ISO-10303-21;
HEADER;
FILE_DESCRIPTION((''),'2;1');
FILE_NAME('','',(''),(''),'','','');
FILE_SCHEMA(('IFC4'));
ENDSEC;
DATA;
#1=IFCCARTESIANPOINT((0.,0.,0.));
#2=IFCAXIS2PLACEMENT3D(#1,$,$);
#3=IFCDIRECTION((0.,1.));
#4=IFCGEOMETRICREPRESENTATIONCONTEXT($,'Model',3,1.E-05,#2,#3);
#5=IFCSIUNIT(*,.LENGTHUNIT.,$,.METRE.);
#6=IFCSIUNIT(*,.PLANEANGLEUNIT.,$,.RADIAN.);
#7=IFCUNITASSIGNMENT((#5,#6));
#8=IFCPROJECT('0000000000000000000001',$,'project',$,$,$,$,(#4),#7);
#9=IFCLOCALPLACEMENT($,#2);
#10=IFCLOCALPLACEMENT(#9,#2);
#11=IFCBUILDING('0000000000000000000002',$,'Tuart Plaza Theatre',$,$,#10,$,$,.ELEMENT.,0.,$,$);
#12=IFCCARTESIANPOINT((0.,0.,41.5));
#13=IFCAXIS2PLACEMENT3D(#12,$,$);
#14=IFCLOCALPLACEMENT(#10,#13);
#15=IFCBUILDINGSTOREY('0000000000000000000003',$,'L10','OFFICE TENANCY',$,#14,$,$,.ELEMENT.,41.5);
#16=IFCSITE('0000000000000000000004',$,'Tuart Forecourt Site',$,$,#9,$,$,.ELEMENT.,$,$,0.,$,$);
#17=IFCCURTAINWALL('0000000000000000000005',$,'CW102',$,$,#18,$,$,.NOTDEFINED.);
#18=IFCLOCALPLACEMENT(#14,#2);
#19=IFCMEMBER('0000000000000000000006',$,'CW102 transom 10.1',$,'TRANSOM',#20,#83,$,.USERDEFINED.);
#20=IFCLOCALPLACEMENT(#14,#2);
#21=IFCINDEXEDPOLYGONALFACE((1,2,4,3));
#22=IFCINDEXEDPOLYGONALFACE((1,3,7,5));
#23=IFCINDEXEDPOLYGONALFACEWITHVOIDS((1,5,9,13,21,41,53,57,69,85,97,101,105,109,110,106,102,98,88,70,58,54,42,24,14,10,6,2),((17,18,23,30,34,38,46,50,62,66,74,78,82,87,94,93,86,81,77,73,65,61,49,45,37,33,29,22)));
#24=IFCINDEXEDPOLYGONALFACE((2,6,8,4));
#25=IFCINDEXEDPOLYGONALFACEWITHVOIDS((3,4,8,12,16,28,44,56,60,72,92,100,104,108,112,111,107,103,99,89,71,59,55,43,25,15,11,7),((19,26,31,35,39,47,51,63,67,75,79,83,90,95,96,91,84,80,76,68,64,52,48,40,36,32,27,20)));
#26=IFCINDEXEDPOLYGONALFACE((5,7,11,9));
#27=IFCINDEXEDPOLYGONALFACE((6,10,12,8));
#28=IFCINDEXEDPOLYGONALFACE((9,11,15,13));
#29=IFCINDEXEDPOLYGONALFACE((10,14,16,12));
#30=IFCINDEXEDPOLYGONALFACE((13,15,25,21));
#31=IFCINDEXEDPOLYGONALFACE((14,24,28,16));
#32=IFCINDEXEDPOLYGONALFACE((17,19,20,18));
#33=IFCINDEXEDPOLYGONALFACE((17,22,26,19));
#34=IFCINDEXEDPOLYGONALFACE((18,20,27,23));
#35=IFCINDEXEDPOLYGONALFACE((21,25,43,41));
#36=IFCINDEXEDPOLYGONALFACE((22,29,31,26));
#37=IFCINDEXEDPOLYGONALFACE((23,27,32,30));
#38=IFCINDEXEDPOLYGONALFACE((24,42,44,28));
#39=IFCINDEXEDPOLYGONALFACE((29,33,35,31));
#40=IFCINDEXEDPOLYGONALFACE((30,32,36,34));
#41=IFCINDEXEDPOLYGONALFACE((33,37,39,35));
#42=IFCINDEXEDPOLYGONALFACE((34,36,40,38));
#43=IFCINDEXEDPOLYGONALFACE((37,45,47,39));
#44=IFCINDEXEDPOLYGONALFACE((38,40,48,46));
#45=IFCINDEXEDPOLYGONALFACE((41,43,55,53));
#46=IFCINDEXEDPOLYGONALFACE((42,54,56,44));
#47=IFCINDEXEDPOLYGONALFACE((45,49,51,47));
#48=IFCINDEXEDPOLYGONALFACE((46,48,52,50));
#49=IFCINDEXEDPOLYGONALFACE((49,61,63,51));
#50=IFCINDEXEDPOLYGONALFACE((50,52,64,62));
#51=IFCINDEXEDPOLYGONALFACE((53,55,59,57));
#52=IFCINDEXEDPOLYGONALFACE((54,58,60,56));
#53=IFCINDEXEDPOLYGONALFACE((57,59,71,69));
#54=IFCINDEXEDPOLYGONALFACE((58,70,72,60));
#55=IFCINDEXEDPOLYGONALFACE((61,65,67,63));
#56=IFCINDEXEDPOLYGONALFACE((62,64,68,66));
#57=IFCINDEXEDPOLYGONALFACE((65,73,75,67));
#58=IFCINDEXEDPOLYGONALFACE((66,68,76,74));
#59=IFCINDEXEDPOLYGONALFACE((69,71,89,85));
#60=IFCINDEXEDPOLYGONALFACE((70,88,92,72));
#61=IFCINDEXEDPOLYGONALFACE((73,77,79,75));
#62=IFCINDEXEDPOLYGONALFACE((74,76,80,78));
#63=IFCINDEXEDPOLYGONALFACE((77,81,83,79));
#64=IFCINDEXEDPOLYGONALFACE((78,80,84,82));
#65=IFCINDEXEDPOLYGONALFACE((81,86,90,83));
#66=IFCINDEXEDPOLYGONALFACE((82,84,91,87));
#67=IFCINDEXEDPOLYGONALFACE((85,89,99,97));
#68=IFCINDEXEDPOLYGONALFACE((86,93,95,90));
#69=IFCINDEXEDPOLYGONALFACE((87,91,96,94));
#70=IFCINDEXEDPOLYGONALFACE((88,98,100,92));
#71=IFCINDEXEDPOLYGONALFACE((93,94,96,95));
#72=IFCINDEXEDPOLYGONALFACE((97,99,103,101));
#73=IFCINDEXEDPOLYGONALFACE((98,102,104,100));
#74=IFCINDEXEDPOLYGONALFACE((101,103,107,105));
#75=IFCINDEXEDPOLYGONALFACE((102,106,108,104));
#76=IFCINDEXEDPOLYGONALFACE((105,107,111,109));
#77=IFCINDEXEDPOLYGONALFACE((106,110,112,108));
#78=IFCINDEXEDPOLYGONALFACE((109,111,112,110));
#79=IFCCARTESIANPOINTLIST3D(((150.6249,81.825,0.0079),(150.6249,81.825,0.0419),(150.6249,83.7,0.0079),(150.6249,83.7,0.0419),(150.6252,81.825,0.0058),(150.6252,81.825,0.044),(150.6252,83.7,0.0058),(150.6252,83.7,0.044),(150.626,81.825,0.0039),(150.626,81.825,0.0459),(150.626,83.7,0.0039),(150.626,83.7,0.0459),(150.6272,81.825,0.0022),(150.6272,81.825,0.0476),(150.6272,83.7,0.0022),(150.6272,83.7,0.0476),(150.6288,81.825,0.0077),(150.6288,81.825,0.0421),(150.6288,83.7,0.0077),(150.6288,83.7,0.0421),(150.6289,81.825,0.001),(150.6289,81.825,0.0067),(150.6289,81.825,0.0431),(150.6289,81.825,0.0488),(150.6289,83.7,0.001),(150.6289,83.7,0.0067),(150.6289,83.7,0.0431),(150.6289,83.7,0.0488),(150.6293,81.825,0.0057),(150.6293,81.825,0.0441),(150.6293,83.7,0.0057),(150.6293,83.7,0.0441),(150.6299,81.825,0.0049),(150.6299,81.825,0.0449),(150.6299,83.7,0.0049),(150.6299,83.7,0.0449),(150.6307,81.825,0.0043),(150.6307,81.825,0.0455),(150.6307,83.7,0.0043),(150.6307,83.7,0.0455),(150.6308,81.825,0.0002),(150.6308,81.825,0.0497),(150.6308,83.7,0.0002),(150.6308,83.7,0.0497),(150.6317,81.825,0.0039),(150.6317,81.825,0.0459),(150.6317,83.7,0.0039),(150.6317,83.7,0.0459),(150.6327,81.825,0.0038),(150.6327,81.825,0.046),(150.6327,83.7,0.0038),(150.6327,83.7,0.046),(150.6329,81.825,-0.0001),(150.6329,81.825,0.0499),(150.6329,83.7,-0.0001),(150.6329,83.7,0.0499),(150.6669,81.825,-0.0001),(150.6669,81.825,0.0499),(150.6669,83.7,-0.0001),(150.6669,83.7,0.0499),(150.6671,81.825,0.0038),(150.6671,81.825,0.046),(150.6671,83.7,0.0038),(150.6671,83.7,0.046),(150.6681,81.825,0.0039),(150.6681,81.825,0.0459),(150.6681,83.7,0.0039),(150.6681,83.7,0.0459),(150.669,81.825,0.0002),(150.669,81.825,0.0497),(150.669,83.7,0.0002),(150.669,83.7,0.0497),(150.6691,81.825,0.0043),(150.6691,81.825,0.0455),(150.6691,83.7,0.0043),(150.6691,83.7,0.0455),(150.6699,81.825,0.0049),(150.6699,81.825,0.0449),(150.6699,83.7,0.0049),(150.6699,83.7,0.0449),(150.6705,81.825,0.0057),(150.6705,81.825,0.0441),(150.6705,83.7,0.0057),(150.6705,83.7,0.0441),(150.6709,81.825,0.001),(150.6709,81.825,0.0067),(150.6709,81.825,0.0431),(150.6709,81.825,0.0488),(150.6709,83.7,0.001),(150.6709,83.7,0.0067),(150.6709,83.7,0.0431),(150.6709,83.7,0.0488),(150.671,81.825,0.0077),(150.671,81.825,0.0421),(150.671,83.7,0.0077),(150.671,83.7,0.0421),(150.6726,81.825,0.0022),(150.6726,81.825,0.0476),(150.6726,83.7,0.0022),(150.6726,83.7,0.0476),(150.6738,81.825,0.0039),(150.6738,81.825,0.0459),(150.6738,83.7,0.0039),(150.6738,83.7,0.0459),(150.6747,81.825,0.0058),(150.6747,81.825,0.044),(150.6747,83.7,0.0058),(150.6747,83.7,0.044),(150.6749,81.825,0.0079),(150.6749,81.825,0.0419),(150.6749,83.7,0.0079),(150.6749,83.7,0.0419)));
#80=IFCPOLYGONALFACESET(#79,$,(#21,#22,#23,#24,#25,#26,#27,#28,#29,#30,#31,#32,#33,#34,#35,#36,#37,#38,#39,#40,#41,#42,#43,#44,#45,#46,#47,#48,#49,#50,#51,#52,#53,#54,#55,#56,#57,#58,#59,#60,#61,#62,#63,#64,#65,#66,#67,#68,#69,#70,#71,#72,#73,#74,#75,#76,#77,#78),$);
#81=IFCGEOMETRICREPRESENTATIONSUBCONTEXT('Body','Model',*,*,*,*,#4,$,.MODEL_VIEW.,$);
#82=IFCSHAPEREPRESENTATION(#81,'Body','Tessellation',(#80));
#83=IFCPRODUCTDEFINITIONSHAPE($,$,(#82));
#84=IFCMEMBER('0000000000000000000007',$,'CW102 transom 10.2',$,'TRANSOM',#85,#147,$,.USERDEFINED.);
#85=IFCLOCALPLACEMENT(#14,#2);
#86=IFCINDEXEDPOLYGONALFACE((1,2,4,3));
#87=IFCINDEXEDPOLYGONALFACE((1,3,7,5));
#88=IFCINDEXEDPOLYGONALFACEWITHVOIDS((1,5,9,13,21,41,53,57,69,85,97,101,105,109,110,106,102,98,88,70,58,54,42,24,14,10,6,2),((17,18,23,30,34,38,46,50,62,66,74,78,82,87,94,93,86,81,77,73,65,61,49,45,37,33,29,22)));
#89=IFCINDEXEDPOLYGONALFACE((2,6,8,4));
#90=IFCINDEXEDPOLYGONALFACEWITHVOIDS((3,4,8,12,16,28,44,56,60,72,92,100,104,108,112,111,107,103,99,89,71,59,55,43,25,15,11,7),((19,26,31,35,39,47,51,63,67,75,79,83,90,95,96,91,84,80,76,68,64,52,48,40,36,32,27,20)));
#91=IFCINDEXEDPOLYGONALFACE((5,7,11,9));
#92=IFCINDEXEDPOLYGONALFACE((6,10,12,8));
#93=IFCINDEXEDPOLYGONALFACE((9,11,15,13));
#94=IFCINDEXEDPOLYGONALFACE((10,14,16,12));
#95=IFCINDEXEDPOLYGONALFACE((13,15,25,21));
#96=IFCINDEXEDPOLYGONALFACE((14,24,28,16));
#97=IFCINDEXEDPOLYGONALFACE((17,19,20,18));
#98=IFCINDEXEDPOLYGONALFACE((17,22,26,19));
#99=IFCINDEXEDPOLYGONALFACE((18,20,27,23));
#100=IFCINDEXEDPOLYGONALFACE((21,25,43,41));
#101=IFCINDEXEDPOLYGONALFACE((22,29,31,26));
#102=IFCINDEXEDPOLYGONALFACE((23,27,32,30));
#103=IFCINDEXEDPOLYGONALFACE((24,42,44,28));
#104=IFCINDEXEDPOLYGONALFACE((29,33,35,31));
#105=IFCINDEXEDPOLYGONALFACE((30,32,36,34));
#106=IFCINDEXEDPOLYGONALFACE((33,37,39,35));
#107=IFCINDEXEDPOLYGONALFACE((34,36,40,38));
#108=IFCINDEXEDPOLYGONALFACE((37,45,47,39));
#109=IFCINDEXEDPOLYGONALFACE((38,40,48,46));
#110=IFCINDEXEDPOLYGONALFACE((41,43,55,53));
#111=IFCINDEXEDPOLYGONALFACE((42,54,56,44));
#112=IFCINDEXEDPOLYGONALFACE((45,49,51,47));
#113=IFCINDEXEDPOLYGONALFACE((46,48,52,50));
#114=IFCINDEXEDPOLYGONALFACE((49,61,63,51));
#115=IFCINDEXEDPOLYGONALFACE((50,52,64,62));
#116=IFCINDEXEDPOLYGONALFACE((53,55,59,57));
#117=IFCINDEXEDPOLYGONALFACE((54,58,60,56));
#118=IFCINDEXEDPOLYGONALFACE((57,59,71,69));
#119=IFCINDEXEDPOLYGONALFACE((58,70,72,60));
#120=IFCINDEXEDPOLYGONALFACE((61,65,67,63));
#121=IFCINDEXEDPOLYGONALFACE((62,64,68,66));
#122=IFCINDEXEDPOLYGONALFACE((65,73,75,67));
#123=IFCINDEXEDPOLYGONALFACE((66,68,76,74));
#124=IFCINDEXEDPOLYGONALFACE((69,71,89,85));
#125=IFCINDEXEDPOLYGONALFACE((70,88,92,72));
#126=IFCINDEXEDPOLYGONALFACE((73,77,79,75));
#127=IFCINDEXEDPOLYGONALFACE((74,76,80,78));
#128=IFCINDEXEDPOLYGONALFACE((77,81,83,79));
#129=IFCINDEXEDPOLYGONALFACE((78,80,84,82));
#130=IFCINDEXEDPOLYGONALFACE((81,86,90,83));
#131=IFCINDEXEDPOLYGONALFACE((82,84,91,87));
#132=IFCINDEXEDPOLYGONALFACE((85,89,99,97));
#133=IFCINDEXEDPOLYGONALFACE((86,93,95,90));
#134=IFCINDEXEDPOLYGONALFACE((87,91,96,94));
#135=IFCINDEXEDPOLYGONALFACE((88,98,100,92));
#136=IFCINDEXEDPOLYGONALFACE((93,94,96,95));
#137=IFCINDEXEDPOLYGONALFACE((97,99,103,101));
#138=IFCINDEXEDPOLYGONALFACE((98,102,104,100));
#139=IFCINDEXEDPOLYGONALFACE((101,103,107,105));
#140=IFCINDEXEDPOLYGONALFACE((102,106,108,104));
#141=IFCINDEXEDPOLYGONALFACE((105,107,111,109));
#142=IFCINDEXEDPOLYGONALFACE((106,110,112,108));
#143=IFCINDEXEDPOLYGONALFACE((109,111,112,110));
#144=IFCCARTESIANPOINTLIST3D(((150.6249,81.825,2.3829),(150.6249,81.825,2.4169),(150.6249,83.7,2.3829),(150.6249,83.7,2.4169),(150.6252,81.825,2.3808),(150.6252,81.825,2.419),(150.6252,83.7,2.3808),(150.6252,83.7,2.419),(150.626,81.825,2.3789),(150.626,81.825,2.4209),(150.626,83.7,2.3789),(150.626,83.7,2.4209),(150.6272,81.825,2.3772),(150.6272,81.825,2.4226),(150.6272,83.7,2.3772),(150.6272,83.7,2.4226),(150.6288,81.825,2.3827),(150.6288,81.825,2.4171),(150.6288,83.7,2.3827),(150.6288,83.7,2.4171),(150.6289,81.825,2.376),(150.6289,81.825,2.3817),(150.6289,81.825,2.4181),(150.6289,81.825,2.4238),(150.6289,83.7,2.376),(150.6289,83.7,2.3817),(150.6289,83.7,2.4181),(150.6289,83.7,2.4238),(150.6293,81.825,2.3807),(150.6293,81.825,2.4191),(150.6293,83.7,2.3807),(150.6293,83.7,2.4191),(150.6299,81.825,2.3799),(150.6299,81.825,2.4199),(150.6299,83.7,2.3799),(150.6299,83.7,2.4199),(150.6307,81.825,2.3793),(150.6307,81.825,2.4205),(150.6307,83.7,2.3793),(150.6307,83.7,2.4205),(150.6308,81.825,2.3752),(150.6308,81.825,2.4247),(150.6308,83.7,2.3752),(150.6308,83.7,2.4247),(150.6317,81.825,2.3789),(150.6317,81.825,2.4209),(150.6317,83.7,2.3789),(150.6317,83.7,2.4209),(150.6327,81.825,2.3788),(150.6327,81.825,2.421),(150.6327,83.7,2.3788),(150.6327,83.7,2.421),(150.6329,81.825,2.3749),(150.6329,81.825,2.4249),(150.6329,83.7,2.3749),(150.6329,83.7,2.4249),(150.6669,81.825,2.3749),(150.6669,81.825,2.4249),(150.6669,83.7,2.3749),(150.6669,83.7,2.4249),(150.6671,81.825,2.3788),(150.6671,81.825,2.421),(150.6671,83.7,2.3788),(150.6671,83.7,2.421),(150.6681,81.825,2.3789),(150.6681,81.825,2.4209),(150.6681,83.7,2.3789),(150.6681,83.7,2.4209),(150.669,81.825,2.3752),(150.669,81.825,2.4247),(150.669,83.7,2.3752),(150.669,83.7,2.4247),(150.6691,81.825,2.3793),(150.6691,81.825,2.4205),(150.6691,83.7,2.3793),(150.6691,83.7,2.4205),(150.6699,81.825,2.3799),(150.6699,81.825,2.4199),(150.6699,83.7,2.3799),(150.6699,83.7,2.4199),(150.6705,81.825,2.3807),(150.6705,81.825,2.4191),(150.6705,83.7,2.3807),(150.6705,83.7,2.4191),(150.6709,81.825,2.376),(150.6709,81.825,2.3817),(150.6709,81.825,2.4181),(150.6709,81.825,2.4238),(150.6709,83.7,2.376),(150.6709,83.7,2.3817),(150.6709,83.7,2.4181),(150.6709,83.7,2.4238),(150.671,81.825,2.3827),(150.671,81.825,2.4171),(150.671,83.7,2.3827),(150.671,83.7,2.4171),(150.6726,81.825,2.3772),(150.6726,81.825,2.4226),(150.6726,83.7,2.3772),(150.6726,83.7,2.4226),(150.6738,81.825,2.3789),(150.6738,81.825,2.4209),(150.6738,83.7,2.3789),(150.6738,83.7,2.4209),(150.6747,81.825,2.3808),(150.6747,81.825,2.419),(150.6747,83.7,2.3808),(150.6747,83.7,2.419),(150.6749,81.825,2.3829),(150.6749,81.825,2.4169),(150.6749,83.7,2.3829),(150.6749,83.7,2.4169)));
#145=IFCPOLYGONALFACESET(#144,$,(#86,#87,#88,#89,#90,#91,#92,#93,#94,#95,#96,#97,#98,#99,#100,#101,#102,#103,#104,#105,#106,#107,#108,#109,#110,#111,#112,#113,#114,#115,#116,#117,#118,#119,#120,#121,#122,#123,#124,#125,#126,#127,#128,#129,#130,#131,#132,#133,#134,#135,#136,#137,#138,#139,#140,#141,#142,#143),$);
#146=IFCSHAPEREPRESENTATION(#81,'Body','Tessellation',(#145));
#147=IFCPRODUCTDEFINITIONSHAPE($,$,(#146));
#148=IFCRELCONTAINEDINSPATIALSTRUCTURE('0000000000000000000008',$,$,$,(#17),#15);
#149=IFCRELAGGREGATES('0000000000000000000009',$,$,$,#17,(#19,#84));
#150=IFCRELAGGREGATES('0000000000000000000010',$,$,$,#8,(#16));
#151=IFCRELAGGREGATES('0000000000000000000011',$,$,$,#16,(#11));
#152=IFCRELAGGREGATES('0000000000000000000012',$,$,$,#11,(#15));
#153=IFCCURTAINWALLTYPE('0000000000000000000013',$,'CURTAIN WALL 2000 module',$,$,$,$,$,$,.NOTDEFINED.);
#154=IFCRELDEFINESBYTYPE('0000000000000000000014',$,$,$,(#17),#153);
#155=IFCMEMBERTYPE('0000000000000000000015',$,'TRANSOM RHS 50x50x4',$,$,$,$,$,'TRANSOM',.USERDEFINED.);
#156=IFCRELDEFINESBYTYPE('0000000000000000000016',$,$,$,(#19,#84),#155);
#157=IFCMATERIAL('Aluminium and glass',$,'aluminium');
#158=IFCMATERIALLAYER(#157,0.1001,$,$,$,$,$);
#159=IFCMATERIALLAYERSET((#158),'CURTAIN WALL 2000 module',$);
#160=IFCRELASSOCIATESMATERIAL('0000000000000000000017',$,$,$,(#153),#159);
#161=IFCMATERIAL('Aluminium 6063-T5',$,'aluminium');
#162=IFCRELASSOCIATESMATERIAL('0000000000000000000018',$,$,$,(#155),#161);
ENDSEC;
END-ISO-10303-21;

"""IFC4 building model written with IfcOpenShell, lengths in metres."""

from ifc_helpers import new_model, si_unit, direction, frame, origin, origin_2d, place, context, subcontext, project, spatial, hollow_rectangle, extrude, material, layer, layer_set, material_profile, profile_set, type_object, element, aggregate, save


model = new_model("IFC4")

# Units and contexts
model_context = context("Model", 3, precision=1e-05, world=origin(), true_north=direction((0.0, 1.0)))
body_context = subcontext(model_context, "Body", "Model", "MODEL_VIEW")
ifc_project = project(units=[si_unit("LENGTHUNIT", "METRE"), si_unit("PLANEANGLEUNIT", "RADIAN")], contexts=[model_context])

# Site, building, storey
site_placement = place(None, origin())
site = spatial("IfcSite", under=ifc_project, at=site_placement, Name="Tuart Forecourt Site", CompositionType="ELEMENT", RefElevation=0.0)
building_placement = place(site_placement, origin())
building = spatial("IfcBuilding", under=site, at=building_placement, Name="Tuart Plaza Theatre", CompositionType="ELEMENT", ElevationOfRefHeight=0.0)
storey_placement = place(building_placement, frame((0.0, 0.0, 41.5)))
storey = spatial("IfcBuildingStorey", under=building, at=storey_placement, Name="L10", Description="OFFICE TENANCY", CompositionType="ELEMENT", Elevation=41.5)

# Curtain wall
ifc_material_1 = material(Name="Aluminium and glass", Category="aluminium")
ifc_layer_1 = layer(ifc_material_1, 0.1001)
ifc_layer_set_1 = layer_set([ifc_layer_1], Name="CURTAIN WALL 2000 module")
curtain_wall_type = type_object("IfcCurtainWallType", Name="CURTAIN WALL 2000 module", PredefinedType="NOTDEFINED", material=ifc_layer_set_1)
curtain_wall_1_placement = place(storey_placement, origin())
curtain_wall_1 = element("IfcCurtainWall", 1, at=curtain_wall_1_placement, inside=storey, type_object=curtain_wall_type, Name="CW102", PredefinedType="NOTDEFINED")

# Members
ifc_material_2 = material(Name="Aluminium 6063-T5", Category="aluminium")
ifc_material_profile_1 = material_profile(ifc_material_2, hollow_rectangle(XDim=0.05, YDim=0.05, WallThickness=0.0039, InnerFilletRadius=0.0039, OuterFilletRadius=0.0081, at=origin_2d()), Name="RHS 50x50x4")
ifc_profile_set_1 = profile_set([ifc_material_profile_1], Name="Aluminium 6063-T5")
member_type_1 = type_object("IfcMemberType", Name="TRANSOM RHS 50x50x4", ElementType="TRANSOM", PredefinedType="USERDEFINED", material=ifc_profile_set_1)
member_1_placement = place(storey_placement, frame((150.6499, 81.825, 0.0249), z_axis=(0.0, 1.0, 0.0), x_axis=(-1.0, 0.0, 0.0)))
member_1 = element("IfcMember", 2, at=member_1_placement, type_object=member_type_1, Name="CW102 transom 10.1", ObjectType="TRANSOM", PredefinedType="USERDEFINED", context=body_context, shape_type="SweptSolid", body=[
    extrude(hollow_rectangle(XDim=0.05, YDim=0.05, WallThickness=0.0039, InnerFilletRadius=0.0039, OuterFilletRadius=0.0081, at=origin_2d()), origin(), (0.0, 0.0, 1.0), 1.875),
])
member_2_placement = place(storey_placement, frame((150.6499, 81.825, 2.3999), z_axis=(0.0, 1.0, 0.0), x_axis=(-1.0, 0.0, 0.0)))
member_2 = element("IfcMember", 3, at=member_2_placement, type_object=member_type_1, Name="CW102 transom 10.2", ObjectType="TRANSOM", PredefinedType="USERDEFINED", context=body_context, shape_type="SweptSolid", body=[
    extrude(hollow_rectangle(XDim=0.05, YDim=0.05, WallThickness=0.0039, InnerFilletRadius=0.0039, OuterFilletRadius=0.0081, at=origin_2d()), origin(), (0.0, 0.0, 1.0), 1.875),
])

aggregate(curtain_wall_1, [member_1, member_2])

save(model, "model.ifc")
